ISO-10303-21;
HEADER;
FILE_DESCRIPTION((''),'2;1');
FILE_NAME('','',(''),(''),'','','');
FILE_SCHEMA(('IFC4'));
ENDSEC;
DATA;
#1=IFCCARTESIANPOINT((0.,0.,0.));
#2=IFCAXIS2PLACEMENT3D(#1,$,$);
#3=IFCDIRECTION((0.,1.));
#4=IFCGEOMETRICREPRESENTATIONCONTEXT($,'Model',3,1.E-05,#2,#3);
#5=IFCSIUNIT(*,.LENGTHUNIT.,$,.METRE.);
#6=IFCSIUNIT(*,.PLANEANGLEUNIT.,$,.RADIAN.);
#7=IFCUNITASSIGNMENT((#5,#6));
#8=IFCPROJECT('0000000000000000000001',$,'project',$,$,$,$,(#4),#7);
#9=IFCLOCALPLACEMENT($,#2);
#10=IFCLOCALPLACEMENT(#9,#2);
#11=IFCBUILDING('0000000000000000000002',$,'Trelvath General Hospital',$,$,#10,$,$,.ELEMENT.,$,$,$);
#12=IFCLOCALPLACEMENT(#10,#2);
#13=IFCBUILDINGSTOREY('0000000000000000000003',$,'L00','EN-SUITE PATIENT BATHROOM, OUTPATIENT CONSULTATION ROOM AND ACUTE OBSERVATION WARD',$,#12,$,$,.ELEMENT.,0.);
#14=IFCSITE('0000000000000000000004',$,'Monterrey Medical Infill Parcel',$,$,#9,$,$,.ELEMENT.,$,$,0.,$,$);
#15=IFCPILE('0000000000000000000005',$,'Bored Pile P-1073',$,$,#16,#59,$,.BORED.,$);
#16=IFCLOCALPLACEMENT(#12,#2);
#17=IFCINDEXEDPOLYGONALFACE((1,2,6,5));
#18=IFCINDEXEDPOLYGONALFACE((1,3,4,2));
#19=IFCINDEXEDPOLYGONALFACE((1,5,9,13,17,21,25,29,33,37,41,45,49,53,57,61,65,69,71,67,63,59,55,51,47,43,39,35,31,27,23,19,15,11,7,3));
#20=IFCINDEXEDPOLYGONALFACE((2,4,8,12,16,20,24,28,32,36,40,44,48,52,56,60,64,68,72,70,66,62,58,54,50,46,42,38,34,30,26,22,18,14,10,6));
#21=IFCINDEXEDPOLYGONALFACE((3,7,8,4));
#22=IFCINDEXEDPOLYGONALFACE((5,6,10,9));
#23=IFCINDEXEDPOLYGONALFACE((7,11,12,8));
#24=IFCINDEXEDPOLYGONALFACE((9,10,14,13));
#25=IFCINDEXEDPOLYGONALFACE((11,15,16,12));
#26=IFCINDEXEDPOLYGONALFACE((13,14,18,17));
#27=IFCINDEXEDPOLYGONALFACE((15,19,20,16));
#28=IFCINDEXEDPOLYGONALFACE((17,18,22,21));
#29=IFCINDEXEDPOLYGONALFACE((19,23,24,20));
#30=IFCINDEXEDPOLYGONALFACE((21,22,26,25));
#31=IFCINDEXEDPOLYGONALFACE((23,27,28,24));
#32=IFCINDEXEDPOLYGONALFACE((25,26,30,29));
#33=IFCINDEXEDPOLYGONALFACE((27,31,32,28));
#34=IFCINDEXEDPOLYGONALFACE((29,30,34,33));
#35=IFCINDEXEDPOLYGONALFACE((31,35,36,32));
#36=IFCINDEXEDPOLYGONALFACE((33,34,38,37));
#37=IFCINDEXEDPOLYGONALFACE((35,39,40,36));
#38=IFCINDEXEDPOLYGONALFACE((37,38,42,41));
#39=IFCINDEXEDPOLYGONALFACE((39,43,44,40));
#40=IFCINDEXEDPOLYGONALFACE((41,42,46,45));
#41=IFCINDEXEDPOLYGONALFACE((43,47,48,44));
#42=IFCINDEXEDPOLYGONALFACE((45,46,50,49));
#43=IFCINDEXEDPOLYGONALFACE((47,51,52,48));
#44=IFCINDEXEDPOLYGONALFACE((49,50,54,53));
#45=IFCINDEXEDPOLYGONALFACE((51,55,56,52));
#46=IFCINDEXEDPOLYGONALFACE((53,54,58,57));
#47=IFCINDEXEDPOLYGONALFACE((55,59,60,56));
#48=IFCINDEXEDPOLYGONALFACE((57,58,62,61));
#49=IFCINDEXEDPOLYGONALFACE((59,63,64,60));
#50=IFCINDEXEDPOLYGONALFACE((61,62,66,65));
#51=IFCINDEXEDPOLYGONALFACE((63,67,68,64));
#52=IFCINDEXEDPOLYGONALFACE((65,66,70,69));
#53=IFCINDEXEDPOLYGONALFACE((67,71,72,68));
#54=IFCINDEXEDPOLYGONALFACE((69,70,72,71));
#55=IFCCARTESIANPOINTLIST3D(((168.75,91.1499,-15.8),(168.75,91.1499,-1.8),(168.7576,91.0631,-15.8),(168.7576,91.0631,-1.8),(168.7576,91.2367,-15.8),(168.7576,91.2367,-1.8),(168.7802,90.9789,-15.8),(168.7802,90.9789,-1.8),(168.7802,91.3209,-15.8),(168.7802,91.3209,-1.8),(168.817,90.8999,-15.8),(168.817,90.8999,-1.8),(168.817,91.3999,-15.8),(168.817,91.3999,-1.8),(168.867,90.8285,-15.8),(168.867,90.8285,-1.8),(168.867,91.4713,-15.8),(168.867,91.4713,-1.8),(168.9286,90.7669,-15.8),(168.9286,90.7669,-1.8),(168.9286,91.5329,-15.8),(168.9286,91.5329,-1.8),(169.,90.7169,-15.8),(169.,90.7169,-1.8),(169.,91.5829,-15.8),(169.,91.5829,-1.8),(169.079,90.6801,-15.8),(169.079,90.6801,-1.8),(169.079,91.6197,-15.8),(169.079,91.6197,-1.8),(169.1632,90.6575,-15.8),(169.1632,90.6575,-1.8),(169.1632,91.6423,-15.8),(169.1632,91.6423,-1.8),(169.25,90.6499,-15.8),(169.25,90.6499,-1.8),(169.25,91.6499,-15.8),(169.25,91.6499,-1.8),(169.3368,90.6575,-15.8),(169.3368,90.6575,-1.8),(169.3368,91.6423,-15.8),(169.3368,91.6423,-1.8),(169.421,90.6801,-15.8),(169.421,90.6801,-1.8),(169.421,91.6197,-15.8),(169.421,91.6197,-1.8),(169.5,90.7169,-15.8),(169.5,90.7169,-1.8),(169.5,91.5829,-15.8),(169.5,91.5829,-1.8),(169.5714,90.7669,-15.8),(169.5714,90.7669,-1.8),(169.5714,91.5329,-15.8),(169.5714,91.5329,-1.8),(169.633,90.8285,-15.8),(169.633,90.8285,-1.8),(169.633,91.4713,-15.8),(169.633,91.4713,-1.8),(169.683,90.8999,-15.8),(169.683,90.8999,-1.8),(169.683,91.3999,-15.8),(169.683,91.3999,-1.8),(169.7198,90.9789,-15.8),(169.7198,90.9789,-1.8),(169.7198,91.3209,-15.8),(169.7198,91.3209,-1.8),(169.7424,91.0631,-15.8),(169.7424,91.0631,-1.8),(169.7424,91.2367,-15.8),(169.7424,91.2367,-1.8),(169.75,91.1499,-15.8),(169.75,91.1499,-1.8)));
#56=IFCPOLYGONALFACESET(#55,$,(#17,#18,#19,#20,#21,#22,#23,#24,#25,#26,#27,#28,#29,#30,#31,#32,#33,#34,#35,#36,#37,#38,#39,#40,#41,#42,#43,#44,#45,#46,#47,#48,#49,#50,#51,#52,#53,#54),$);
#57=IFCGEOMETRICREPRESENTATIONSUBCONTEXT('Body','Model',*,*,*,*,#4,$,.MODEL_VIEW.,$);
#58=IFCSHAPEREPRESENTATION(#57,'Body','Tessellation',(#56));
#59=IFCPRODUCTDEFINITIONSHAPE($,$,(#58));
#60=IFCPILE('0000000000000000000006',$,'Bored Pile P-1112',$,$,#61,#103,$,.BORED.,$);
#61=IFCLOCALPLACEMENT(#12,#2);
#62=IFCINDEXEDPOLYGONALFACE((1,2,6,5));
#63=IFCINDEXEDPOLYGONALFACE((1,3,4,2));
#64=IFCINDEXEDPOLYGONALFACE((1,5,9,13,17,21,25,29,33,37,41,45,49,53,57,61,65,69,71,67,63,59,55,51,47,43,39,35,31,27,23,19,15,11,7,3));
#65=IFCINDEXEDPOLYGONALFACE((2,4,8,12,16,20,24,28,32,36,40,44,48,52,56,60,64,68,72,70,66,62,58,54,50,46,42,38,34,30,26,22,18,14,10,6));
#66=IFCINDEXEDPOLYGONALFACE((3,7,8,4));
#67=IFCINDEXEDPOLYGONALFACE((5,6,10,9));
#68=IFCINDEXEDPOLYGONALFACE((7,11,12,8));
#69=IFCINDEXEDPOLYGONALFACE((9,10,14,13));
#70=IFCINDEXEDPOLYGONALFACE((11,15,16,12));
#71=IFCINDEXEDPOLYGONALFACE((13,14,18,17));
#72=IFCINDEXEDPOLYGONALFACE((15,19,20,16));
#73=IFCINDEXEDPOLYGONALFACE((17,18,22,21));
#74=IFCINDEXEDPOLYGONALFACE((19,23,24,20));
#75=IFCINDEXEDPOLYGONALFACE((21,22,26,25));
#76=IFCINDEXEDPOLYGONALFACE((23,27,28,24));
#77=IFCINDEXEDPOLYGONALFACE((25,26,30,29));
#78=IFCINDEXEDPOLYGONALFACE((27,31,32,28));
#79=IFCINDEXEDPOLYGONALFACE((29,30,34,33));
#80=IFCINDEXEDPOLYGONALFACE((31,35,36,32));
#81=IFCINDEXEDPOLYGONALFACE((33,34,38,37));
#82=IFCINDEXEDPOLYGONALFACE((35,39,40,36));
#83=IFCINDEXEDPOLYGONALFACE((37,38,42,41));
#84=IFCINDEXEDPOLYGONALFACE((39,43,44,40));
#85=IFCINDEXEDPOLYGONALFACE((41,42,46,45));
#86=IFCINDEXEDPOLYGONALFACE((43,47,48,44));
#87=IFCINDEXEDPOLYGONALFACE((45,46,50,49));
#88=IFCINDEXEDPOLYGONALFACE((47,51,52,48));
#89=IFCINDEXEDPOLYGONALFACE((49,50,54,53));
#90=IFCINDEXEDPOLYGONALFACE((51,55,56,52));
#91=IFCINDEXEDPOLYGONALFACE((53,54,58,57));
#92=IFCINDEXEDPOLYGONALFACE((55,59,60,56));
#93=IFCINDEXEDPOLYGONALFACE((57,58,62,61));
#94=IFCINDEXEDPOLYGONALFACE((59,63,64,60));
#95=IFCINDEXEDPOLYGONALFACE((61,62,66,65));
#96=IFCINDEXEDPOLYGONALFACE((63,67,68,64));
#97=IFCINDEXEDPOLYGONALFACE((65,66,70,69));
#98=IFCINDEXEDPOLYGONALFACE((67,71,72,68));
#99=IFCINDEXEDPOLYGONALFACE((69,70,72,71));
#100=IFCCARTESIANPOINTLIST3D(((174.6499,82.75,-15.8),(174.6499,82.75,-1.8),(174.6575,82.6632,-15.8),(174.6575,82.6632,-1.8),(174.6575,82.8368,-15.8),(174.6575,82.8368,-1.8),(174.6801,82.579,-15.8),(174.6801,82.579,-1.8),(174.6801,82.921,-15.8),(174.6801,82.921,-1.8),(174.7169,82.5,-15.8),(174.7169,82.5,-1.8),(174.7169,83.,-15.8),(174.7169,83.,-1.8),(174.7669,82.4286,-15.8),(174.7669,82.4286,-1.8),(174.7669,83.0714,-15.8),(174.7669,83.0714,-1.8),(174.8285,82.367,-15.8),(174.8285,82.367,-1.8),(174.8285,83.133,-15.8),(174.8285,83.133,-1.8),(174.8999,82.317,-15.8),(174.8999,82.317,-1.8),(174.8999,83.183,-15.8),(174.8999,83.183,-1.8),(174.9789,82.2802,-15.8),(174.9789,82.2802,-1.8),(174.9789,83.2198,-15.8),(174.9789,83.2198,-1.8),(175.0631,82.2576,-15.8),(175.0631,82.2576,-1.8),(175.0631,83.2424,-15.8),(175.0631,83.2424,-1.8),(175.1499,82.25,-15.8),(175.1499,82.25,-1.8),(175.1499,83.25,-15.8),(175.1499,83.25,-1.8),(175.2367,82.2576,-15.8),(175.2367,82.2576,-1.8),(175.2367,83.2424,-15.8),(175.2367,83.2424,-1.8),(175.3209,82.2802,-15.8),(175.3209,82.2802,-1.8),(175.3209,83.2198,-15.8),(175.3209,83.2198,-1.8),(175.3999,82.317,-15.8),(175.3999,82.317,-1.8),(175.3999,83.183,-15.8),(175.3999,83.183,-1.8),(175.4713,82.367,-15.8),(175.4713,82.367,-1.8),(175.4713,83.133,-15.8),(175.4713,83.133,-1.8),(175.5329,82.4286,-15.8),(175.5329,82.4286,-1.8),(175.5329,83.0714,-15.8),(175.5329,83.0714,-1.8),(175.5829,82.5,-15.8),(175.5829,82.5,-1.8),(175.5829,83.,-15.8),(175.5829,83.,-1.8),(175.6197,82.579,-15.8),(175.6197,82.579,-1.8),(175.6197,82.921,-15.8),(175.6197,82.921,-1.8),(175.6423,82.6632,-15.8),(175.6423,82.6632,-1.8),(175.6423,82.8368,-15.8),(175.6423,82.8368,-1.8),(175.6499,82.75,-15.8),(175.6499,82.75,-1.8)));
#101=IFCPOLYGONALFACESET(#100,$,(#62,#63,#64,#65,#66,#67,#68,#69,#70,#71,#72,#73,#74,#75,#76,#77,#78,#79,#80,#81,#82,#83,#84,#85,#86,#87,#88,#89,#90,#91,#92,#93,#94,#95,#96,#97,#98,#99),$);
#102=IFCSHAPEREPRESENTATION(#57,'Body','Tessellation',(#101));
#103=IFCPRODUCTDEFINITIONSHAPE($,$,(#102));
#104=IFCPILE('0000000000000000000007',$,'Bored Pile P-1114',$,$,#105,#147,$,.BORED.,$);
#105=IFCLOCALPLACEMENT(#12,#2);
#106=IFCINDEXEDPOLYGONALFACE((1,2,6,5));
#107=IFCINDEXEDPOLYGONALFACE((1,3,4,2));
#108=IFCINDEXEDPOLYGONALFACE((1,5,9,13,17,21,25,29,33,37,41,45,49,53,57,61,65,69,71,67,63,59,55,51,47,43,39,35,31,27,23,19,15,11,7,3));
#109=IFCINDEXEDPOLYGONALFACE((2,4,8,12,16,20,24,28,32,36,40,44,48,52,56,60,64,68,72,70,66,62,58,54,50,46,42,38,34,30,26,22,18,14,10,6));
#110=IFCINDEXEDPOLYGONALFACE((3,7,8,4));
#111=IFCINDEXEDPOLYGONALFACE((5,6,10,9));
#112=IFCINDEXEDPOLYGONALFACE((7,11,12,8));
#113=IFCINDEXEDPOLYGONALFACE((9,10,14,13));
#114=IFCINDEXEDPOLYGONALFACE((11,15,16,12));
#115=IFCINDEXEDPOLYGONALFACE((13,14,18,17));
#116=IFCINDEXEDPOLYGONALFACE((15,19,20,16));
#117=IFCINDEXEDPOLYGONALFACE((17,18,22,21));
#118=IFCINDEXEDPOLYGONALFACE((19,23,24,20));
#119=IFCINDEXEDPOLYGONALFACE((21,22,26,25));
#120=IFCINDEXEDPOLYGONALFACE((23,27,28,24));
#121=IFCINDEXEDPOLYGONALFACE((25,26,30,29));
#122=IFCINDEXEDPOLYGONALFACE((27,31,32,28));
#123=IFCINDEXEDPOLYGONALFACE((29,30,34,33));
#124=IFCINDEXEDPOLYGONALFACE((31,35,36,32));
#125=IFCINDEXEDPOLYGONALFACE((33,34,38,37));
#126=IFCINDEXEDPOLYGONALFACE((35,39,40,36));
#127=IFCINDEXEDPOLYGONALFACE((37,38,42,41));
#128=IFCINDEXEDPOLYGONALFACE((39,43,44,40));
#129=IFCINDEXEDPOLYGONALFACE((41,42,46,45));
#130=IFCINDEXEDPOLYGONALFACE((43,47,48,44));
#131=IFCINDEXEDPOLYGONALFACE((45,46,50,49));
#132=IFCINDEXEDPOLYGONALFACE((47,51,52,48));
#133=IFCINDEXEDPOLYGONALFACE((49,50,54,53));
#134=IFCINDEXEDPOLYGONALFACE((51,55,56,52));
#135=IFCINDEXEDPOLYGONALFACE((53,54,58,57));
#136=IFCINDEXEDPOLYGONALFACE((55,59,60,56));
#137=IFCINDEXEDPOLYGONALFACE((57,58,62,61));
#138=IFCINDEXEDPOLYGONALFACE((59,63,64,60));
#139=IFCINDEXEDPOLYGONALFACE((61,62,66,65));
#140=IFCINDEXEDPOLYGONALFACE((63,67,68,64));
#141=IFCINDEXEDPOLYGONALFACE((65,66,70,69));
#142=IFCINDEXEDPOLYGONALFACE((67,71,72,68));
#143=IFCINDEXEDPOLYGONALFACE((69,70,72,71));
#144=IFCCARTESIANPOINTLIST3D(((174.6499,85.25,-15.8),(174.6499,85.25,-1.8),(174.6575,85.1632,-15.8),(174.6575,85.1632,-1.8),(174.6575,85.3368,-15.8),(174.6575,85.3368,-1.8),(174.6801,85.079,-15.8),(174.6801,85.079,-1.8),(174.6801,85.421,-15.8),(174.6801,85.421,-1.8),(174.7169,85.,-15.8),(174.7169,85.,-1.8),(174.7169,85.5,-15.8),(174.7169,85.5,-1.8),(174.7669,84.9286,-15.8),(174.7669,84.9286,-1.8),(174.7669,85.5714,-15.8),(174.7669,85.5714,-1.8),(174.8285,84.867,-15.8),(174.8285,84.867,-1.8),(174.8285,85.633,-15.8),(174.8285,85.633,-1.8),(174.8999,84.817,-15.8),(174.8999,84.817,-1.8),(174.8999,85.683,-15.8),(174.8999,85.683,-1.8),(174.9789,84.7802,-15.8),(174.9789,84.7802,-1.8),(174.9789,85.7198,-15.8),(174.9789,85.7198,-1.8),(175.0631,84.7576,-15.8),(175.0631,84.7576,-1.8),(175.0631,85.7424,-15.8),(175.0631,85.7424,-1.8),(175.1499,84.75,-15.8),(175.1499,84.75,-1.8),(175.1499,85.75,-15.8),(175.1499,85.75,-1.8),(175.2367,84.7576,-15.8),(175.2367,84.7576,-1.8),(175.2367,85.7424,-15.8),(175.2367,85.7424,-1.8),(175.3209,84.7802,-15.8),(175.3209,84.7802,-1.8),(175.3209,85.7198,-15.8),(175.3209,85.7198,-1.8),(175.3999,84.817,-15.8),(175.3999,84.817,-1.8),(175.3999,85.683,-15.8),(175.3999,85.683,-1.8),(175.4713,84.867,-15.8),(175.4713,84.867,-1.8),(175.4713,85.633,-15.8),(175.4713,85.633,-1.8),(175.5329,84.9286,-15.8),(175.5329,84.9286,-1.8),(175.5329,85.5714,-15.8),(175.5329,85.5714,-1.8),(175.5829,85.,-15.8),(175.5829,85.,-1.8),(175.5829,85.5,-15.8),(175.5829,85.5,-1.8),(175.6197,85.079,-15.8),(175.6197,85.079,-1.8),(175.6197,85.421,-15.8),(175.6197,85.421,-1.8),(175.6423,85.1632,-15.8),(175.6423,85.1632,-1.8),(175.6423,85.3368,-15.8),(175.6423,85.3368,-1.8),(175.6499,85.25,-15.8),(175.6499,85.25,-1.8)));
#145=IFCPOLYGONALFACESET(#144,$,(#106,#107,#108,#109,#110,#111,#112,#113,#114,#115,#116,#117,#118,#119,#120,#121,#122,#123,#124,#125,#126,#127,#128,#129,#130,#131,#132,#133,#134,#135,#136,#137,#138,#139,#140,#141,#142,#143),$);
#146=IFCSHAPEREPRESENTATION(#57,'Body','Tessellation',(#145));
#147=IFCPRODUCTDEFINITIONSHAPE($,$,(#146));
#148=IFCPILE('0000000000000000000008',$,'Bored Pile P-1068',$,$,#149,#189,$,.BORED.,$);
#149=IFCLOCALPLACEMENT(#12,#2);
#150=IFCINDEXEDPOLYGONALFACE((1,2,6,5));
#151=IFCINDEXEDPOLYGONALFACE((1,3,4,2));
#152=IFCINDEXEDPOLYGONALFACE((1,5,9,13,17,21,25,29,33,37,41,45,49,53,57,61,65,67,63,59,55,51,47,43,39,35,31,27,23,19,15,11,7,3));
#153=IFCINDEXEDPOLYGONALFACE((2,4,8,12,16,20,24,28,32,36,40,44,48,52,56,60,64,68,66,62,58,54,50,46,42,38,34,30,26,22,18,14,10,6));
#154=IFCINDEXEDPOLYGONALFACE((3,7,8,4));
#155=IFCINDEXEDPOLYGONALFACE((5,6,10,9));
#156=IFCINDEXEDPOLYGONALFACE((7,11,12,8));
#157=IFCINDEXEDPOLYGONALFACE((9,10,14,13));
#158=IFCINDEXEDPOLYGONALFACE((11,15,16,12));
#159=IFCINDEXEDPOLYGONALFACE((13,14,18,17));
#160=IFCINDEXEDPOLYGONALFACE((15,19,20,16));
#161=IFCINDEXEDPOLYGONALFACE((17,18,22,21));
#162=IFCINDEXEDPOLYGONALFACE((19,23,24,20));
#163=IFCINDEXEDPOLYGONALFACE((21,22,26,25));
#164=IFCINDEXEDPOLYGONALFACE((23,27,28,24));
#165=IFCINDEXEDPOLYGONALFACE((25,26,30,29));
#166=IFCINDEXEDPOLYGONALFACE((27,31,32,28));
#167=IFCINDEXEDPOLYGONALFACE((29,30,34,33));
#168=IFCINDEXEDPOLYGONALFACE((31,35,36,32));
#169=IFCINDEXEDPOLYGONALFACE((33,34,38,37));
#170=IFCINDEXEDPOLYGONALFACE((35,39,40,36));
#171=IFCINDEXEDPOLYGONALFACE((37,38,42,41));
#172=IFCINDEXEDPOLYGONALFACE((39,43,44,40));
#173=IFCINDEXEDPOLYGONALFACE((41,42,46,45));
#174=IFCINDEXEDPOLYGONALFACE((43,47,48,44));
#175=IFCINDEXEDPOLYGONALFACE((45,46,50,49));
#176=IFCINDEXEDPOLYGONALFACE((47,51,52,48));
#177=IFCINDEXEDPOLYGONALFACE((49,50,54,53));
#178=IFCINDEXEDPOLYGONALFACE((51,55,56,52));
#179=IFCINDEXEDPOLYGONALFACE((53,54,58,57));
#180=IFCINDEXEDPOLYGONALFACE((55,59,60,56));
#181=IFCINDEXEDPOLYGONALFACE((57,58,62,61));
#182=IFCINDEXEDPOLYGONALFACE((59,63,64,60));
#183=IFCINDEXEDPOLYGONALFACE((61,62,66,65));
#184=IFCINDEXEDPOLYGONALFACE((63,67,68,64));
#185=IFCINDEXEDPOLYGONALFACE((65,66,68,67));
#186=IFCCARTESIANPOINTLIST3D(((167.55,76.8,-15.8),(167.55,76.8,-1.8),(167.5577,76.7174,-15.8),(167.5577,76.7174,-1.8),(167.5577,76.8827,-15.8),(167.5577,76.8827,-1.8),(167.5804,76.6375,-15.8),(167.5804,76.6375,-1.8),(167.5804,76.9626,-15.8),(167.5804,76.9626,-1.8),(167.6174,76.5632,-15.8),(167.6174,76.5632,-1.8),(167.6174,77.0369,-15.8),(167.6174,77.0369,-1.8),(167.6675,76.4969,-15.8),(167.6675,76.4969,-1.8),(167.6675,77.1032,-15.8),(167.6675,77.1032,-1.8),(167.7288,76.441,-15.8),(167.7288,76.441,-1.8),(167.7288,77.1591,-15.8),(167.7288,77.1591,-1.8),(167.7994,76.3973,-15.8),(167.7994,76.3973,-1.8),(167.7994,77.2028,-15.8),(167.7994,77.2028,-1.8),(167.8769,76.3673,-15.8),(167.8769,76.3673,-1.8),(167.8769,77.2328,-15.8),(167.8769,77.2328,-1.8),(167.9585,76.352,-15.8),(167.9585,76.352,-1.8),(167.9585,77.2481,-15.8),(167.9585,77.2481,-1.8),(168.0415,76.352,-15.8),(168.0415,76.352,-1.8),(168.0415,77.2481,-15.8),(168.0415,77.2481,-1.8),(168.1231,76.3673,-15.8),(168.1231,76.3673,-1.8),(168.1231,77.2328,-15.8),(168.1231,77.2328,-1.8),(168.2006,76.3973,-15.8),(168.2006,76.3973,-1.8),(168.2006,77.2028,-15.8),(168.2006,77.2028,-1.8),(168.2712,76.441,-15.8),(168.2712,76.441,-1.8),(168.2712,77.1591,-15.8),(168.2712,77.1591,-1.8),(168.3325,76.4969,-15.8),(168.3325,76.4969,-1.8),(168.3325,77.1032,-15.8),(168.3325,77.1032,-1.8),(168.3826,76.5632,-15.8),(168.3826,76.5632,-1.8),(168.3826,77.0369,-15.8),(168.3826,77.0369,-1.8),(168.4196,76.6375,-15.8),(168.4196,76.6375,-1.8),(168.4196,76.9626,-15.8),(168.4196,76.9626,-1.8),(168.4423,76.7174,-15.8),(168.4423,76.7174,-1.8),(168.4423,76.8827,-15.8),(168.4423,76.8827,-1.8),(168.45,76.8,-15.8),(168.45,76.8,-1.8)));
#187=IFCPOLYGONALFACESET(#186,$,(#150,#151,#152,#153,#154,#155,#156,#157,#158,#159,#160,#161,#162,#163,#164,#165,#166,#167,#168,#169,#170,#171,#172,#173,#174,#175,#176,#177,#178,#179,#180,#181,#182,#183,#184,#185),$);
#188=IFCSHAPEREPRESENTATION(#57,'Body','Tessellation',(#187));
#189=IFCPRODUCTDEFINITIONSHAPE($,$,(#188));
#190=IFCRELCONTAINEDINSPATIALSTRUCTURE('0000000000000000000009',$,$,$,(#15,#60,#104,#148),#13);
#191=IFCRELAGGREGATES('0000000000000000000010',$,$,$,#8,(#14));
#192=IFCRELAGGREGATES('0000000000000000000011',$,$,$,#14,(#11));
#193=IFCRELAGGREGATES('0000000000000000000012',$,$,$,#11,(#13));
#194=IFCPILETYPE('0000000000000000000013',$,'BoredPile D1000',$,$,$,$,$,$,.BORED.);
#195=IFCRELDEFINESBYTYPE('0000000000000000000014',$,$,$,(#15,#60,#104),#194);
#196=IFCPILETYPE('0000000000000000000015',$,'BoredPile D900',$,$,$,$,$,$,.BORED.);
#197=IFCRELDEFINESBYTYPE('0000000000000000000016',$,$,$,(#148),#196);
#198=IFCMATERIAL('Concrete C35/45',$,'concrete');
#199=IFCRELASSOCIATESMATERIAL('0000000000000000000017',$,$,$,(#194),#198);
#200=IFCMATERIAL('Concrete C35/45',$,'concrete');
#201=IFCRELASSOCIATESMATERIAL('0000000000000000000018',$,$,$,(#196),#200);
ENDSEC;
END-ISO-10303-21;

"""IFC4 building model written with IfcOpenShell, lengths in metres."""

from ifc_helpers import new_model, si_unit, direction, frame, origin, origin_2d, place, context, subcontext, project, spatial, circle, extrude, material, material_profile, profile_set, type_object, element, save


model = new_model("IFC4")

# Units and contexts
model_context = context("Model", 3, precision=1e-05, world=origin(), true_north=direction((0.0, 1.0)))
body_context = subcontext(model_context, "Body", "Model", "MODEL_VIEW")
ifc_project = project(units=[si_unit("LENGTHUNIT", "METRE"), si_unit("PLANEANGLEUNIT", "RADIAN")], contexts=[model_context])

# Site, building, storey
site_placement = place(None, origin())
site = spatial("IfcSite", under=ifc_project, at=site_placement, Name="Monterrey Medical Infill Parcel", CompositionType="ELEMENT", RefElevation=0.0)
building_placement = place(site_placement, origin())
building = spatial("IfcBuilding", under=site, at=building_placement, Name="Trelvath General Hospital", CompositionType="ELEMENT")
storey_placement = place(building_placement, origin())
storey = spatial("IfcBuildingStorey", under=building, at=storey_placement, Name="L00", Description="EN-SUITE PATIENT BATHROOM, OUTPATIENT CONSULTATION ROOM AND ACUTE OBSERVATION WARD", CompositionType="ELEMENT", Elevation=0.0)

# Piles
ifc_material_1 = material(Name="Concrete C35/45", Category="concrete")
ifc_material_profile_1 = material_profile(ifc_material_1, circle(Radius=0.5, at=origin_2d()), Name="PILE1000")
ifc_profile_set_1 = profile_set([ifc_material_profile_1], Name="Concrete C35/45")
pile_type_1 = type_object("IfcPileType", Name="BoredPile D1000", PredefinedType="BORED", material=ifc_profile_set_1)
for number, where, z_axis, x_axis, name in (
    (1, (169.25, 91.1499, -1.8), (0.0, 0.0, -1.0), (1.0, 0.0, 0.0), "Bored Pile P-1073"),
    (2, (175.1499, 82.75, -1.8), (0.0, 0.0, -1.0), (1.0, 0.0, 0.0), "Bored Pile P-1112"),
    (3, (175.1499, 85.25, -1.8), (0.0, 0.0, -1.0), (1.0, 0.0, 0.0), "Bored Pile P-1114"),
):
    element("IfcPile", number, at=place(storey_placement, frame(where, z_axis=z_axis, x_axis=x_axis)), inside=storey, type_object=pile_type_1, Name=name, PredefinedType="BORED", context=body_context, shape_type="SweptSolid", body=[
        extrude(circle(Radius=0.5, at=origin_2d()), origin(), (0.0, 0.0, 1.0), 14.0),
    ])
ifc_material_2 = material(Name="Concrete C35/45", Category="concrete")
ifc_material_profile_2 = material_profile(ifc_material_2, circle(Radius=0.45, at=origin_2d()), Name="PILE900")
ifc_profile_set_2 = profile_set([ifc_material_profile_2], Name="Concrete C35/45")
pile_type_2 = type_object("IfcPileType", Name="BoredPile D900", PredefinedType="BORED", material=ifc_profile_set_2)
for number, where, z_axis, x_axis, name in (
    (4, (168.0, 76.8, -1.8), (0.0, 0.0, -1.0), (1.0, 0.0, 0.0), "Bored Pile P-1068"),
):
    element("IfcPile", number, at=place(storey_placement, frame(where, z_axis=z_axis, x_axis=x_axis)), inside=storey, type_object=pile_type_2, Name=name, PredefinedType="BORED", context=body_context, shape_type="SweptSolid", body=[
        extrude(circle(Radius=0.45, at=origin_2d()), origin(), (0.0, 0.0, 1.0), 14.0),
    ])

save(model, "model.ifc")
